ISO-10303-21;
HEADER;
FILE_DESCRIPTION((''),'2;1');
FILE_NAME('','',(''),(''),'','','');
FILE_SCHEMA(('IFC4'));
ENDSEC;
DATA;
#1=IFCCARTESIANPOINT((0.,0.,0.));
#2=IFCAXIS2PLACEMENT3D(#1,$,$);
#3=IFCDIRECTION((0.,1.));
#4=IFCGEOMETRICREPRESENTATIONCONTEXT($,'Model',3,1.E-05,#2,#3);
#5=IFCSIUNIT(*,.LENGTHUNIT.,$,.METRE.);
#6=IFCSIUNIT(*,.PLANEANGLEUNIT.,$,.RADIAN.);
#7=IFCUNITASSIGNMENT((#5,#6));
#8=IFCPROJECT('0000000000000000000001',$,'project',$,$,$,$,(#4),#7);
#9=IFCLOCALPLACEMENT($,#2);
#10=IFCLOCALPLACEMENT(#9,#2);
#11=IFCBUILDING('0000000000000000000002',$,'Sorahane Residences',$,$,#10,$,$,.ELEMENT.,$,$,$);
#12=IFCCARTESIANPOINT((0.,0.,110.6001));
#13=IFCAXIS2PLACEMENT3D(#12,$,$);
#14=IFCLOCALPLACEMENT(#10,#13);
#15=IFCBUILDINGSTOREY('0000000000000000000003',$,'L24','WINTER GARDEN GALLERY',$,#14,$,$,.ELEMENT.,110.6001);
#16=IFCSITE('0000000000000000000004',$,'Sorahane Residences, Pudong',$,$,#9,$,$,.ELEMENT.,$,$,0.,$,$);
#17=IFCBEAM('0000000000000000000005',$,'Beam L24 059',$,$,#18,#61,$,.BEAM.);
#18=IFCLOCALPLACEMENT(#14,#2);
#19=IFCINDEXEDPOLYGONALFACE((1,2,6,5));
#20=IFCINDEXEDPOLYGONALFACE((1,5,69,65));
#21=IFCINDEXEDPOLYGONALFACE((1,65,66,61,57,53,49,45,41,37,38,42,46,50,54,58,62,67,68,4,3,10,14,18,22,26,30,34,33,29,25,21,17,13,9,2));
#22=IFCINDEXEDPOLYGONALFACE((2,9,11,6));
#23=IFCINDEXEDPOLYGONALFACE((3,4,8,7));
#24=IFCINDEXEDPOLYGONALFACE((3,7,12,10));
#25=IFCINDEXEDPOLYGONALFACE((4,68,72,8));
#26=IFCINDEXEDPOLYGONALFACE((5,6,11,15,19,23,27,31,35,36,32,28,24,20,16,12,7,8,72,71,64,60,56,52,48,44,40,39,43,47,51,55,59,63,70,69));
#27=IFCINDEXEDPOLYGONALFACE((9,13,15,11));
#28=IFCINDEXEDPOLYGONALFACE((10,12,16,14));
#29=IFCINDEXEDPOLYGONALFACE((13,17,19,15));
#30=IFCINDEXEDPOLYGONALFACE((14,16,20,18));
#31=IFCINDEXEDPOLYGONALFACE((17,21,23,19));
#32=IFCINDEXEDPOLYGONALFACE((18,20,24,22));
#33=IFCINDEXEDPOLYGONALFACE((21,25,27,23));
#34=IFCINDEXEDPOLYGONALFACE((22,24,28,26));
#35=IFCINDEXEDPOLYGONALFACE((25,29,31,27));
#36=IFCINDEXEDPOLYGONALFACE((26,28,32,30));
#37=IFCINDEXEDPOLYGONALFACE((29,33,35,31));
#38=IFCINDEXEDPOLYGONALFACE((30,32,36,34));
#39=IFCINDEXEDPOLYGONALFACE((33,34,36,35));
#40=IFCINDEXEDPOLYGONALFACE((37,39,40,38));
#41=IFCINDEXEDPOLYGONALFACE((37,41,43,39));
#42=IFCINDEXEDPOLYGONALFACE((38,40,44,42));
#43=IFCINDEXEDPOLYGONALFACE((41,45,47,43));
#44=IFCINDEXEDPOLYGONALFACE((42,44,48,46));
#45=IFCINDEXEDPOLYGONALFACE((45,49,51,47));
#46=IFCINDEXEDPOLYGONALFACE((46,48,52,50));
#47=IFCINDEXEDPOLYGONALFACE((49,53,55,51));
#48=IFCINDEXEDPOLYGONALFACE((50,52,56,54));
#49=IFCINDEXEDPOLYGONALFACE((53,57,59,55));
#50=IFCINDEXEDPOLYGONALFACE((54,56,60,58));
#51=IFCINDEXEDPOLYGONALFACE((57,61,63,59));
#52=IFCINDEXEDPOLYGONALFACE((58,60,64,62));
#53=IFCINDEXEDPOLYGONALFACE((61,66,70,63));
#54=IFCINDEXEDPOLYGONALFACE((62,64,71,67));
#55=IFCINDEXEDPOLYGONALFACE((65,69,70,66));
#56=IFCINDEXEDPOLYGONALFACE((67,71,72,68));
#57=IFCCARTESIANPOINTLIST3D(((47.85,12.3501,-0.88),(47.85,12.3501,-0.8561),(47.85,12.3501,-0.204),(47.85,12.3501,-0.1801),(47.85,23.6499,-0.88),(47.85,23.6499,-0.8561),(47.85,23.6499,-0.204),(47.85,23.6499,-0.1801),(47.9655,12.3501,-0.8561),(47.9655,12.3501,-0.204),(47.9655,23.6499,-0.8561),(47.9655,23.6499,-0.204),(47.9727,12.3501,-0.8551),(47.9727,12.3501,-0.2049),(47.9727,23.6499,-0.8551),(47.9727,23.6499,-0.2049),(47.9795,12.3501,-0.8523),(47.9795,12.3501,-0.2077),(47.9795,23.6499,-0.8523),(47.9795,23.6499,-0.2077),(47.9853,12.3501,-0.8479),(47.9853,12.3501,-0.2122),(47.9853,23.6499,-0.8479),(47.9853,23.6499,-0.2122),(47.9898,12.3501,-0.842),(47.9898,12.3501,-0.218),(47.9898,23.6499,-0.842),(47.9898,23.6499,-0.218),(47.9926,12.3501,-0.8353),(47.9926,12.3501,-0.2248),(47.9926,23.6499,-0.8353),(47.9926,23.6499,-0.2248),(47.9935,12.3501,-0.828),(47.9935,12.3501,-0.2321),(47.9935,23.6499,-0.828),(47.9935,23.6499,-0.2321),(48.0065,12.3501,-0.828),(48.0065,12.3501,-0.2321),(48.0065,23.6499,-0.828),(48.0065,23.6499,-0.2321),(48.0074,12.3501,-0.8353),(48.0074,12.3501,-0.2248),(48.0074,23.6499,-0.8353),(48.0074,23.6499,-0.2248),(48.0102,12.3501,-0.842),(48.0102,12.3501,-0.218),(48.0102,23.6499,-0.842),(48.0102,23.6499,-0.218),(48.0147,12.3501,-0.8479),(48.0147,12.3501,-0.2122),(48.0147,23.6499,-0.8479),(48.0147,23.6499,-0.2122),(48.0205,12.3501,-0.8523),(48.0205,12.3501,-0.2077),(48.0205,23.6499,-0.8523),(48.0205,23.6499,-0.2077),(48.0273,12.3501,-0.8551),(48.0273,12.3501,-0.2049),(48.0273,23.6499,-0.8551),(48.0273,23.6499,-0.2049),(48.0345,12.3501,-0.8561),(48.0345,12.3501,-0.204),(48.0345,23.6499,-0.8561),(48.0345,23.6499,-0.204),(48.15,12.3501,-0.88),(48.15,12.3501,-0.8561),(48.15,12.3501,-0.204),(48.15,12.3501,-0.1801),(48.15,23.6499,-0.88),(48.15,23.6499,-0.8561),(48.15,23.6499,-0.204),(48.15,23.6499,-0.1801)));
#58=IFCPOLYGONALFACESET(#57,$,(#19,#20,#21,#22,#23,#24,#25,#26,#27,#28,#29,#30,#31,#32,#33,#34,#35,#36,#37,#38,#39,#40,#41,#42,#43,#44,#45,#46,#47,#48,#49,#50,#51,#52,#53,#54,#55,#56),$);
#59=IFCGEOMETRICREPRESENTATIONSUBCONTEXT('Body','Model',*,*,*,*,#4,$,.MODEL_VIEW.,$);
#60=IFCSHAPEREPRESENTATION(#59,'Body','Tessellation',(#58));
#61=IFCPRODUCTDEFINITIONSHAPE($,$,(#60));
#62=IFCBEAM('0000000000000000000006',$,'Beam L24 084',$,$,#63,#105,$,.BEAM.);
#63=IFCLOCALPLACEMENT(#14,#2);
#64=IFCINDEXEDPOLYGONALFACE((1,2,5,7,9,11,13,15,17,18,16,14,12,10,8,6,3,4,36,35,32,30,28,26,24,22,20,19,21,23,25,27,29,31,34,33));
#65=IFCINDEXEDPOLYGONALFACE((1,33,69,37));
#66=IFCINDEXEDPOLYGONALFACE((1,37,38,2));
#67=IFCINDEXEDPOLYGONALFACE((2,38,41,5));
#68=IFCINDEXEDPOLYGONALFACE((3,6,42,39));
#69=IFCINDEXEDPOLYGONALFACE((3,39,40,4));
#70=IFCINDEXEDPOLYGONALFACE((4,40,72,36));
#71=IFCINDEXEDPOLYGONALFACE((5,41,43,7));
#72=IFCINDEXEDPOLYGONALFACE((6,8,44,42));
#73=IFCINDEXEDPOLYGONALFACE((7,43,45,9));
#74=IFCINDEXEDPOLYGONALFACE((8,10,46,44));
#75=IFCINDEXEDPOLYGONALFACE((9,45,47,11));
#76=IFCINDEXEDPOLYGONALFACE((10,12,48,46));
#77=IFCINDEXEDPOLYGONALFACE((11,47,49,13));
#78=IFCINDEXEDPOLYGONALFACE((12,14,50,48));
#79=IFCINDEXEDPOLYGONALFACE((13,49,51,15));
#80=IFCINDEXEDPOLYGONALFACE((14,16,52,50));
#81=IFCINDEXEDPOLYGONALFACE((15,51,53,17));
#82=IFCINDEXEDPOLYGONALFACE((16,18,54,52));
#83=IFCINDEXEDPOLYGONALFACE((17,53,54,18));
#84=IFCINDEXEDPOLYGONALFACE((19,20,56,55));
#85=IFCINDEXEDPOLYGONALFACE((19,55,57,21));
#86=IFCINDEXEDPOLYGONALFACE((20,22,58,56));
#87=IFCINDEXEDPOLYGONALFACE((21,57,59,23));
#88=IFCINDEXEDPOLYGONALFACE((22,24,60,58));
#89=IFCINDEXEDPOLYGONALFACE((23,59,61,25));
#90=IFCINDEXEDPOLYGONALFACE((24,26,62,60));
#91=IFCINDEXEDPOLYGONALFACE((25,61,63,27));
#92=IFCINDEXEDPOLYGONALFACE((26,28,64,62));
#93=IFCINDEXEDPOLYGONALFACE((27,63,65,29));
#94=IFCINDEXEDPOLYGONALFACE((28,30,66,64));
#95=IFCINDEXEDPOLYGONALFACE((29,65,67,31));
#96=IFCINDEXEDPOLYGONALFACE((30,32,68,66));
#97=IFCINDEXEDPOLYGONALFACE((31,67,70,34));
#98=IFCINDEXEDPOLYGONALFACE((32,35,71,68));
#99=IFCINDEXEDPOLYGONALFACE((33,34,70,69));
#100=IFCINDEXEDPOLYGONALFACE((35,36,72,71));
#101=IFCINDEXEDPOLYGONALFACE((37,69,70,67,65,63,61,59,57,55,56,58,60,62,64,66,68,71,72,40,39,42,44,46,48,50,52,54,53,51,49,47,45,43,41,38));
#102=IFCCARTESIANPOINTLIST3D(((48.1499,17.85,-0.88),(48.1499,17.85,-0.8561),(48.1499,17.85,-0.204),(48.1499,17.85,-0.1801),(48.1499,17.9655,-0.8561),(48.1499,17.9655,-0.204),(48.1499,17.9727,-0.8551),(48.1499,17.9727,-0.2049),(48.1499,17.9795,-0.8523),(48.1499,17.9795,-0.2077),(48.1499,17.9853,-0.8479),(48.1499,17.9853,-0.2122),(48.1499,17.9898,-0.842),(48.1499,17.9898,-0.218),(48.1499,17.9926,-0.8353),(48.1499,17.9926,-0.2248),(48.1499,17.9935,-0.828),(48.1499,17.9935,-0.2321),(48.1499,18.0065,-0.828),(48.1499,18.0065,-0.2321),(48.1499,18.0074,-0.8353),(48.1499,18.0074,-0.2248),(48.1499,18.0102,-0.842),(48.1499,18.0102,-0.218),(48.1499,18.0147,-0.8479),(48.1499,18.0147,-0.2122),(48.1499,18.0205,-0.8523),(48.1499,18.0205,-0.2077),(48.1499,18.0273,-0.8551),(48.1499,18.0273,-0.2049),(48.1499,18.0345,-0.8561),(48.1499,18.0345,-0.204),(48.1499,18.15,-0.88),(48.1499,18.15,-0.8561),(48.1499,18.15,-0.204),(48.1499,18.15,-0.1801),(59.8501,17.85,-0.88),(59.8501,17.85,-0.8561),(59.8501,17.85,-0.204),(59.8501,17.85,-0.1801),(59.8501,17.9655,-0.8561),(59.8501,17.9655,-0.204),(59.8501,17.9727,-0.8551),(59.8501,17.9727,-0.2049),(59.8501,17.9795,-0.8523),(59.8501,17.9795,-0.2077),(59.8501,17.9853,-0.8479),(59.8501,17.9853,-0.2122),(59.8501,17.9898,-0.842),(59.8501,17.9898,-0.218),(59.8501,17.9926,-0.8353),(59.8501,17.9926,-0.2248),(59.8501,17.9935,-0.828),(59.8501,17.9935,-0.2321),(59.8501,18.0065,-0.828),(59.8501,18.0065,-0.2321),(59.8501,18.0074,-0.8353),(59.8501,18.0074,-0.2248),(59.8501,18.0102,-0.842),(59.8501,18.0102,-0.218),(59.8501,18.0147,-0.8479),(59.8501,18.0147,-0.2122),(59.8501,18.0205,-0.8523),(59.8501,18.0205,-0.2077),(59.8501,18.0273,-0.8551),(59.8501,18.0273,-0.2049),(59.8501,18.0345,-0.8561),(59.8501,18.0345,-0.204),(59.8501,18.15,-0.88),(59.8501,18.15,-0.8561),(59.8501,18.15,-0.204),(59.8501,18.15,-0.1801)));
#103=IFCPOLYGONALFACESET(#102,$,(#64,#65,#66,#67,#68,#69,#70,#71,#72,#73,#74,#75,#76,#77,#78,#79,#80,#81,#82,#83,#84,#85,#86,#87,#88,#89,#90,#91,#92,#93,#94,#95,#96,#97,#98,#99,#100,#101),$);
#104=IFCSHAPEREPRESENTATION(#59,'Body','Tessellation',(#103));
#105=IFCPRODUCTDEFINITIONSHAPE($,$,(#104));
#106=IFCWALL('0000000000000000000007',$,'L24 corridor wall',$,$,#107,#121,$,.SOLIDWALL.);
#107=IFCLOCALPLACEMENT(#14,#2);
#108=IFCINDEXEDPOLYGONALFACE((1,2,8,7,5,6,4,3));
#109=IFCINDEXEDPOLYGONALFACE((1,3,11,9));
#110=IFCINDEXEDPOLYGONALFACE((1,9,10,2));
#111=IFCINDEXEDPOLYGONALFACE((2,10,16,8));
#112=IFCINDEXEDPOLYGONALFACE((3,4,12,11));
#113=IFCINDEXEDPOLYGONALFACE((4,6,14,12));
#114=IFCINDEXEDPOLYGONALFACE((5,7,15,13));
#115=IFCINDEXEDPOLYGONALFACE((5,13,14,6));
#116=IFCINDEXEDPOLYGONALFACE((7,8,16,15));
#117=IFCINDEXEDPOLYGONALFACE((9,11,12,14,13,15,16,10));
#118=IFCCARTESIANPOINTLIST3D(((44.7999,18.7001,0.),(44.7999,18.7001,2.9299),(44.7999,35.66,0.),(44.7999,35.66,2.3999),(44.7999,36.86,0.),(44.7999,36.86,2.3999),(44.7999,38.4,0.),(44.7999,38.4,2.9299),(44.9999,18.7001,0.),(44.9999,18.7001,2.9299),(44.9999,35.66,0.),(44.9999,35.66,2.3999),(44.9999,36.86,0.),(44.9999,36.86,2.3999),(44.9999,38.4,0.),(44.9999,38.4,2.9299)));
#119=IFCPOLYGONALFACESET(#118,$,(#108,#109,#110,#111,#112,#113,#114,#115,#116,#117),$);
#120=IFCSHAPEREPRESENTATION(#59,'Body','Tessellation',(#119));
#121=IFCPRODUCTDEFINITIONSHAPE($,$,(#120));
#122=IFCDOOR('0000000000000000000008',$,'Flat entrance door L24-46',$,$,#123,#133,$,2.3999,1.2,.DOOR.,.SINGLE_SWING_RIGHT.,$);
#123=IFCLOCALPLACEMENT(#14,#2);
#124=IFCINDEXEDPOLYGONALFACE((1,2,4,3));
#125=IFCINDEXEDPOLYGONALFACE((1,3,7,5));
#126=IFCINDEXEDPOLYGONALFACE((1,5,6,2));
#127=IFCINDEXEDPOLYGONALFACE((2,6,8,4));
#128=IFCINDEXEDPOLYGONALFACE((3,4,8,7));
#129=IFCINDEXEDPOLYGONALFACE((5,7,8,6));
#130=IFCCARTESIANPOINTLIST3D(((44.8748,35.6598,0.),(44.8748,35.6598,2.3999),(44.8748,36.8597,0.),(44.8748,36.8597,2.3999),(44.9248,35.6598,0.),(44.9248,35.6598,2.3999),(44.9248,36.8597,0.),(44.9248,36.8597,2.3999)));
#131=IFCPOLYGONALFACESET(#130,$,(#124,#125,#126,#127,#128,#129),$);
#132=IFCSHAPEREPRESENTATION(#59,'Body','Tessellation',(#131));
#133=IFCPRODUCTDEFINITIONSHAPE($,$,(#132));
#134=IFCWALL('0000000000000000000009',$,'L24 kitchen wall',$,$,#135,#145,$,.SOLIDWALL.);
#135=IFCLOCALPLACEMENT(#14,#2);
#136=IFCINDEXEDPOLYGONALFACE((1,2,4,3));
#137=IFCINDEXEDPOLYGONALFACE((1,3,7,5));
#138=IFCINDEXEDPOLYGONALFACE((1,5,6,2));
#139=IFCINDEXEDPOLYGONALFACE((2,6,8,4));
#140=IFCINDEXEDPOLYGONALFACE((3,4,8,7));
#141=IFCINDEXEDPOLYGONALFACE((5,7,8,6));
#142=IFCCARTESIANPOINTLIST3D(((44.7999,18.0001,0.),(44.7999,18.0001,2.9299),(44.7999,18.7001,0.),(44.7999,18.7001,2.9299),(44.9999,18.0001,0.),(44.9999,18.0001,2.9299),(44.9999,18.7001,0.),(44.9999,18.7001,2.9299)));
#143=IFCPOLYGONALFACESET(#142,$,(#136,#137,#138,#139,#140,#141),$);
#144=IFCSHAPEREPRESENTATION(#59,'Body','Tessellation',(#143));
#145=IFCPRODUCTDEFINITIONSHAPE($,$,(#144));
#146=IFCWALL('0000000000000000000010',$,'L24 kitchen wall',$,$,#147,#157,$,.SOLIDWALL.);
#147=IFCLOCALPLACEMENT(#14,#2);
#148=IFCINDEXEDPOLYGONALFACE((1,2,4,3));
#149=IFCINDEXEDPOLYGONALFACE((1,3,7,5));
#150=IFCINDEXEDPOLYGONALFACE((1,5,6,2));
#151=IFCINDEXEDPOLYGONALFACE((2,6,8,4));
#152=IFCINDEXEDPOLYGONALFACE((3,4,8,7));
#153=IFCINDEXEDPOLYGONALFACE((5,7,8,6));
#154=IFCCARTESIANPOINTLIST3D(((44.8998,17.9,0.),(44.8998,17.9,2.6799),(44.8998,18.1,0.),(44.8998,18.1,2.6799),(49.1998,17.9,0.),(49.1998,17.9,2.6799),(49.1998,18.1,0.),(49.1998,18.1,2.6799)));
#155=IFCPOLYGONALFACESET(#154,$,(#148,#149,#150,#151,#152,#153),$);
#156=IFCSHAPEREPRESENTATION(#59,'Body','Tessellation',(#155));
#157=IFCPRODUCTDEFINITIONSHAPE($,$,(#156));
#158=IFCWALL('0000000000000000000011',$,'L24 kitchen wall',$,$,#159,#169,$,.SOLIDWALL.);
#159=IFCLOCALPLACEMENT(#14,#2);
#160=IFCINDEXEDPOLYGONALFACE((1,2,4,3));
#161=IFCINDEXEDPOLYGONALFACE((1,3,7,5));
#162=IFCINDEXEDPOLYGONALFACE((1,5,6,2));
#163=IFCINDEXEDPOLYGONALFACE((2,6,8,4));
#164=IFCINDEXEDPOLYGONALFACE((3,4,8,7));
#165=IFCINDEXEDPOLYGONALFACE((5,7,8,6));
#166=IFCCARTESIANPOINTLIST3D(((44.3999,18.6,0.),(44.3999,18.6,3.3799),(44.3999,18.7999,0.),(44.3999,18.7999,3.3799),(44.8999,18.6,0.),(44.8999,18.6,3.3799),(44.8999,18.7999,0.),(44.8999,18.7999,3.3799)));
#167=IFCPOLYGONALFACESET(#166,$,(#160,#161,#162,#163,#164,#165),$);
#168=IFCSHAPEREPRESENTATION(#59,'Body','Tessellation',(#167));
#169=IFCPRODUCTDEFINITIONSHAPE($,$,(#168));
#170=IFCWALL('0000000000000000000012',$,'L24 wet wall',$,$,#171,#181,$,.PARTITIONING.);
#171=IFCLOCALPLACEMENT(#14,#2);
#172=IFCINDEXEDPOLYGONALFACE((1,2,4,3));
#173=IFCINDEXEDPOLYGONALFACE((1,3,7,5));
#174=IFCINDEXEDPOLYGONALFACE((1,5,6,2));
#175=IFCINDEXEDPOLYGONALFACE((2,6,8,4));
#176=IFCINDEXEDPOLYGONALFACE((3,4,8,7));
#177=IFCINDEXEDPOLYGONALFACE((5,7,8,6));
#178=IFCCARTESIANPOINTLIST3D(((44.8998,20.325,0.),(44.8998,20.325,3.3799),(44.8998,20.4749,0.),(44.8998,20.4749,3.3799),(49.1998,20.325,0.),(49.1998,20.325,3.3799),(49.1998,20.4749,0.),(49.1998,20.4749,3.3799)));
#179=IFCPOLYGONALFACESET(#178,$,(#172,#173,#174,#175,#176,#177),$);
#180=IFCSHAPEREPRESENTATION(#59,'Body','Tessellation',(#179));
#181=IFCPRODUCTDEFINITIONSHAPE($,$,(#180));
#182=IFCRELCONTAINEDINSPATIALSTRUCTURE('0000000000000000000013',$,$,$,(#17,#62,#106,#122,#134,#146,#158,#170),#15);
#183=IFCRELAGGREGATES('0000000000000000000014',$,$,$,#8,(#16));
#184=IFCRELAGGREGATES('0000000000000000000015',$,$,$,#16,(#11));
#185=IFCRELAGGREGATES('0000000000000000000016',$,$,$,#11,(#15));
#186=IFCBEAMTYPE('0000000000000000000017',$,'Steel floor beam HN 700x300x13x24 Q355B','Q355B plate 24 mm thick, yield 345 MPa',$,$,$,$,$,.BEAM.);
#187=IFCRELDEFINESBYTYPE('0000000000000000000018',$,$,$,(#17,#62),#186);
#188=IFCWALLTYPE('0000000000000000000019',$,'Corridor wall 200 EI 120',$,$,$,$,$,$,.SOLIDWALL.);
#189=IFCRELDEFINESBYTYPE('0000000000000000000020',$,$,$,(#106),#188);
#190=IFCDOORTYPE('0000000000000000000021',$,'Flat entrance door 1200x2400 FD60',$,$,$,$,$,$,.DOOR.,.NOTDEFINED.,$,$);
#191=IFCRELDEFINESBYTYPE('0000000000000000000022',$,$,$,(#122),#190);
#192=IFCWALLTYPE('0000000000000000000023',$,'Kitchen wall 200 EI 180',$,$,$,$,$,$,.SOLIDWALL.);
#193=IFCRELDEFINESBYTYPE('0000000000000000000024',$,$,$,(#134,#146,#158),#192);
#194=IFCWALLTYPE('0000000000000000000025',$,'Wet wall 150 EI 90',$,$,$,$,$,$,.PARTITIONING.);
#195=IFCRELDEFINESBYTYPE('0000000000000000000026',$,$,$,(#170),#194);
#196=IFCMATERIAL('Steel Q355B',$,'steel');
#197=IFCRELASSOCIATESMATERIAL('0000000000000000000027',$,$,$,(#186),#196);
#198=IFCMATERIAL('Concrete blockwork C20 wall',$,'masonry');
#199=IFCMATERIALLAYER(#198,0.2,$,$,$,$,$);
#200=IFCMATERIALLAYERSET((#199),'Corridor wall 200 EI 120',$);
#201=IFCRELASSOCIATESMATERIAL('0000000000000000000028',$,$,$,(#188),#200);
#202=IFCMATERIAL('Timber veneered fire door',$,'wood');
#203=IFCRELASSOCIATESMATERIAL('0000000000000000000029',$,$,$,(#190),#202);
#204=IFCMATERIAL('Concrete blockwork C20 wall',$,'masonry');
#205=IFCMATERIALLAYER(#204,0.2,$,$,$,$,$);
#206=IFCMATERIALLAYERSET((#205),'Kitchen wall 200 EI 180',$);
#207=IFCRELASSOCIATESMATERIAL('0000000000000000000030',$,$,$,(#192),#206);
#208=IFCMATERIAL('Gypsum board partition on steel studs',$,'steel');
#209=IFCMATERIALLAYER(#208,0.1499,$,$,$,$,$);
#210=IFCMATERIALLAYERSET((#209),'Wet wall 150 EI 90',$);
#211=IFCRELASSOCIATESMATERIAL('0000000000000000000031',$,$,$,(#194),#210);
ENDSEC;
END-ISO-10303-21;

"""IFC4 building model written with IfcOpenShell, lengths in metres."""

from ifc_helpers import new_model, si_unit, direction, frame, frame_2d, origin, origin_2d, place, context, subcontext, project, spatial, rectangle, i_section, extrude, material, layer, layer_set, material_profile, profile_set, type_object, element, fill, save


model = new_model("IFC4")

# Units and contexts
model_context = context("Model", 3, precision=1e-05, world=origin(), true_north=direction((0.0, 1.0)))
body_context = subcontext(model_context, "Body", "Model", "MODEL_VIEW")
ifc_project = project(units=[si_unit("LENGTHUNIT", "METRE"), si_unit("PLANEANGLEUNIT", "RADIAN")], contexts=[model_context])

# Site, building, storey
site_placement = place(None, origin())
site = spatial("IfcSite", under=ifc_project, at=site_placement, Name="Sorahane Residences, Pudong", CompositionType="ELEMENT", RefElevation=0.0)
building_placement = place(site_placement, origin())
building = spatial("IfcBuilding", under=site, at=building_placement, Name="Sorahane Residences", CompositionType="ELEMENT")
storey_placement = place(building_placement, frame((0.0, 0.0, 110.6001)))
storey = spatial("IfcBuildingStorey", under=building, at=storey_placement, Name="L24", Description="WINTER GARDEN GALLERY", CompositionType="ELEMENT", Elevation=110.6001)

# Beams
ifc_material_1 = material(Name="Steel Q355B", Category="steel")
ifc_material_profile_1 = material_profile(ifc_material_1, i_section(OverallWidth=0.3, OverallDepth=0.7, WebThickness=0.0129, FlangeThickness=0.0239, FilletRadius=0.0281, at=origin_2d()), Name="HN 700x300x13x24")
ifc_profile_set_1 = profile_set([ifc_material_profile_1], Name="Steel Q355B")
beam_type_1 = type_object("IfcBeamType", Name="Steel floor beam HN 700x300x13x24 Q355B", Description="Q355B plate 24 mm thick, yield 345 MPa", PredefinedType="BEAM", material=ifc_profile_set_1)
beam_1_placement = place(storey_placement, frame((48.0, 12.3501, -0.53), z_axis=(0.0, 1.0, 0.0), x_axis=(-1.0, 0.0, 0.0)))
element("IfcBeam", 1, at=beam_1_placement, inside=storey, type_object=beam_type_1, Name="Beam L24 059", PredefinedType="BEAM", context=body_context, shape_type="SweptSolid", body=[
    extrude(i_section(OverallWidth=0.3, OverallDepth=0.7, WebThickness=0.0129, FlangeThickness=0.0239, FilletRadius=0.0281, at=origin_2d()), origin(), (0.0, 0.0, 1.0), 11.2998),
])
beam_2_placement = place(storey_placement, frame((48.1499, 18.0, -0.53), z_axis=(1.0, 0.0, 0.0), x_axis=(0.0, 1.0, 0.0)))
element("IfcBeam", 2, at=beam_2_placement, inside=storey, type_object=beam_type_1, Name="Beam L24 084", PredefinedType="BEAM", context=body_context, shape_type="SweptSolid", body=[
    extrude(i_section(OverallWidth=0.3, OverallDepth=0.7, WebThickness=0.0129, FlangeThickness=0.0239, FilletRadius=0.0281, at=origin_2d()), origin(), (0.0, 0.0, 1.0), 11.7002),
])

# Wall, opening, door
ifc_material_2 = material(Name="Concrete blockwork C20 wall", Category="masonry")
ifc_layer_1 = layer(ifc_material_2, 0.2)
ifc_layer_set_1 = layer_set([ifc_layer_1], Name="Corridor wall 200 EI 120")
wall_type_1 = type_object("IfcWallType", Name="Corridor wall 200 EI 120", PredefinedType="SOLIDWALL", material=ifc_layer_set_1)
wall_1_placement = place(storey_placement, frame((44.8999, 18.7, 0.0), z_axis=(0.0, 0.0, 1.0), x_axis=(0.0, 1.0, 0.0)))
wall_1 = element("IfcWall", 3, at=wall_1_placement, inside=storey, type_object=wall_type_1, Name="L24 corridor wall", PredefinedType="SOLIDWALL", context=body_context, shape_type="SweptSolid", body=[
    extrude(rectangle(XDim=19.7, YDim=0.2, at=frame_2d((9.8501, 0.0))), origin(), (0.0, 0.0, 1.0), 2.9299),
])
opening_placement = place(wall_1_placement, frame((16.96, 0.0, 0.0)))
opening = element("IfcOpeningElement", 4, at=opening_placement, cuts=wall_1, PredefinedType="OPENING", context=body_context, shape_type="SweptSolid", body=[
    extrude(rectangle(XDim=1.2, YDim=2.3999, at=frame_2d((0.6001, 1.2))), frame((0.0, 0.1099, 0.0), z_axis=(0.0, -1.0, 0.0), x_axis=(1.0, 0.0, 0.0)), (0.0, 0.0, 1.0), 0.22),
])
ifc_material_3 = material(Name="Timber veneered fire door", Category="wood")
door_type = type_object("IfcDoorType", Name="Flat entrance door 1200x2400 FD60", OperationType="NOTDEFINED", PredefinedType="DOOR", material=ifc_material_3)
door_placement = place(opening_placement, frame((1.2, 0.0, 0.0), z_axis=(0.0, 0.0, 1.0), x_axis=(-1.0, 0.0, 0.0)))
door = element("IfcDoor", 5, at=door_placement, inside=storey, type_object=door_type, Name="Flat entrance door L24-46", OperationType="SINGLE_SWING_RIGHT", OverallHeight=2.3999, OverallWidth=1.2, PredefinedType="DOOR", context=body_context, shape_type="SweptSolid", body=[
    extrude(rectangle(XDim=1.2, YDim=2.3999, at=frame_2d((0.6001, 1.2))), frame((0.0, 0.0249, 0.0), z_axis=(0.0, -1.0, 0.0), x_axis=(1.0, 0.0, 0.0)), (0.0, 0.0, 1.0), 0.05),
])
fill(opening, door)

# Walls
ifc_material_4 = material(Name="Concrete blockwork C20 wall", Category="masonry")
ifc_layer_2 = layer(ifc_material_4, 0.2)
ifc_layer_set_2 = layer_set([ifc_layer_2], Name="Kitchen wall 200 EI 180")
wall_type_2 = type_object("IfcWallType", Name="Kitchen wall 200 EI 180", PredefinedType="SOLIDWALL", material=ifc_layer_set_2)
wall_2_placement = place(storey_placement, frame((44.8999, 18.0, 0.0), z_axis=(0.0, 0.0, 1.0), x_axis=(0.0, 1.0, 0.0)))
element("IfcWall", 6, at=wall_2_placement, inside=storey, type_object=wall_type_2, Name="L24 kitchen wall", PredefinedType="SOLIDWALL", context=body_context, shape_type="SweptSolid", body=[
    extrude(rectangle(XDim=0.7, YDim=0.2, at=frame_2d((0.3501, 0.0))), origin(), (0.0, 0.0, 1.0), 2.9299),
])
wall_3_placement = place(storey_placement, frame((44.8999, 18.0, 0.0), z_axis=(0.0, 0.0, 1.0), x_axis=(1.0, 0.0, 0.0)))
element("IfcWall", 7, at=wall_3_placement, inside=storey, type_object=wall_type_2, Name="L24 kitchen wall", PredefinedType="SOLIDWALL", context=body_context, shape_type="SweptSolid", body=[
    extrude(rectangle(XDim=4.3, YDim=0.2, at=frame_2d((2.1499, 0.0))), origin(), (0.0, 0.0, 1.0), 2.6799),
])
wall_4_placement = place(storey_placement, frame((44.3999, 18.7, 0.0), z_axis=(0.0, 0.0, 1.0), x_axis=(1.0, 0.0, 0.0)))
element("IfcWall", 8, at=wall_4_placement, inside=storey, type_object=wall_type_2, Name="L24 kitchen wall", PredefinedType="SOLIDWALL", context=body_context, shape_type="SweptSolid", body=[
    extrude(rectangle(XDim=0.5, YDim=0.2, at=frame_2d((0.25, 0.0))), origin(), (0.0, 0.0, 1.0), 3.3799),
])
ifc_material_5 = material(Name="Gypsum board partition on steel studs", Category="steel")
ifc_layer_3 = layer(ifc_material_5, 0.1499)
ifc_layer_set_3 = layer_set([ifc_layer_3], Name="Wet wall 150 EI 90")
wall_type_3 = type_object("IfcWallType", Name="Wet wall 150 EI 90", PredefinedType="PARTITIONING", material=ifc_layer_set_3)
wall_5_placement = place(storey_placement, frame((44.8999, 20.3999, 0.0), z_axis=(0.0, 0.0, 1.0), x_axis=(1.0, 0.0, 0.0)))
element("IfcWall", 9, at=wall_5_placement, inside=storey, type_object=wall_type_3, Name="L24 wet wall", PredefinedType="PARTITIONING", context=body_context, shape_type="SweptSolid", body=[
    extrude(rectangle(XDim=4.3, YDim=0.1499, at=frame_2d((2.1499, 0.0))), origin(), (0.0, 0.0, 1.0), 3.3799),
])

save(model, "model.ifc")
